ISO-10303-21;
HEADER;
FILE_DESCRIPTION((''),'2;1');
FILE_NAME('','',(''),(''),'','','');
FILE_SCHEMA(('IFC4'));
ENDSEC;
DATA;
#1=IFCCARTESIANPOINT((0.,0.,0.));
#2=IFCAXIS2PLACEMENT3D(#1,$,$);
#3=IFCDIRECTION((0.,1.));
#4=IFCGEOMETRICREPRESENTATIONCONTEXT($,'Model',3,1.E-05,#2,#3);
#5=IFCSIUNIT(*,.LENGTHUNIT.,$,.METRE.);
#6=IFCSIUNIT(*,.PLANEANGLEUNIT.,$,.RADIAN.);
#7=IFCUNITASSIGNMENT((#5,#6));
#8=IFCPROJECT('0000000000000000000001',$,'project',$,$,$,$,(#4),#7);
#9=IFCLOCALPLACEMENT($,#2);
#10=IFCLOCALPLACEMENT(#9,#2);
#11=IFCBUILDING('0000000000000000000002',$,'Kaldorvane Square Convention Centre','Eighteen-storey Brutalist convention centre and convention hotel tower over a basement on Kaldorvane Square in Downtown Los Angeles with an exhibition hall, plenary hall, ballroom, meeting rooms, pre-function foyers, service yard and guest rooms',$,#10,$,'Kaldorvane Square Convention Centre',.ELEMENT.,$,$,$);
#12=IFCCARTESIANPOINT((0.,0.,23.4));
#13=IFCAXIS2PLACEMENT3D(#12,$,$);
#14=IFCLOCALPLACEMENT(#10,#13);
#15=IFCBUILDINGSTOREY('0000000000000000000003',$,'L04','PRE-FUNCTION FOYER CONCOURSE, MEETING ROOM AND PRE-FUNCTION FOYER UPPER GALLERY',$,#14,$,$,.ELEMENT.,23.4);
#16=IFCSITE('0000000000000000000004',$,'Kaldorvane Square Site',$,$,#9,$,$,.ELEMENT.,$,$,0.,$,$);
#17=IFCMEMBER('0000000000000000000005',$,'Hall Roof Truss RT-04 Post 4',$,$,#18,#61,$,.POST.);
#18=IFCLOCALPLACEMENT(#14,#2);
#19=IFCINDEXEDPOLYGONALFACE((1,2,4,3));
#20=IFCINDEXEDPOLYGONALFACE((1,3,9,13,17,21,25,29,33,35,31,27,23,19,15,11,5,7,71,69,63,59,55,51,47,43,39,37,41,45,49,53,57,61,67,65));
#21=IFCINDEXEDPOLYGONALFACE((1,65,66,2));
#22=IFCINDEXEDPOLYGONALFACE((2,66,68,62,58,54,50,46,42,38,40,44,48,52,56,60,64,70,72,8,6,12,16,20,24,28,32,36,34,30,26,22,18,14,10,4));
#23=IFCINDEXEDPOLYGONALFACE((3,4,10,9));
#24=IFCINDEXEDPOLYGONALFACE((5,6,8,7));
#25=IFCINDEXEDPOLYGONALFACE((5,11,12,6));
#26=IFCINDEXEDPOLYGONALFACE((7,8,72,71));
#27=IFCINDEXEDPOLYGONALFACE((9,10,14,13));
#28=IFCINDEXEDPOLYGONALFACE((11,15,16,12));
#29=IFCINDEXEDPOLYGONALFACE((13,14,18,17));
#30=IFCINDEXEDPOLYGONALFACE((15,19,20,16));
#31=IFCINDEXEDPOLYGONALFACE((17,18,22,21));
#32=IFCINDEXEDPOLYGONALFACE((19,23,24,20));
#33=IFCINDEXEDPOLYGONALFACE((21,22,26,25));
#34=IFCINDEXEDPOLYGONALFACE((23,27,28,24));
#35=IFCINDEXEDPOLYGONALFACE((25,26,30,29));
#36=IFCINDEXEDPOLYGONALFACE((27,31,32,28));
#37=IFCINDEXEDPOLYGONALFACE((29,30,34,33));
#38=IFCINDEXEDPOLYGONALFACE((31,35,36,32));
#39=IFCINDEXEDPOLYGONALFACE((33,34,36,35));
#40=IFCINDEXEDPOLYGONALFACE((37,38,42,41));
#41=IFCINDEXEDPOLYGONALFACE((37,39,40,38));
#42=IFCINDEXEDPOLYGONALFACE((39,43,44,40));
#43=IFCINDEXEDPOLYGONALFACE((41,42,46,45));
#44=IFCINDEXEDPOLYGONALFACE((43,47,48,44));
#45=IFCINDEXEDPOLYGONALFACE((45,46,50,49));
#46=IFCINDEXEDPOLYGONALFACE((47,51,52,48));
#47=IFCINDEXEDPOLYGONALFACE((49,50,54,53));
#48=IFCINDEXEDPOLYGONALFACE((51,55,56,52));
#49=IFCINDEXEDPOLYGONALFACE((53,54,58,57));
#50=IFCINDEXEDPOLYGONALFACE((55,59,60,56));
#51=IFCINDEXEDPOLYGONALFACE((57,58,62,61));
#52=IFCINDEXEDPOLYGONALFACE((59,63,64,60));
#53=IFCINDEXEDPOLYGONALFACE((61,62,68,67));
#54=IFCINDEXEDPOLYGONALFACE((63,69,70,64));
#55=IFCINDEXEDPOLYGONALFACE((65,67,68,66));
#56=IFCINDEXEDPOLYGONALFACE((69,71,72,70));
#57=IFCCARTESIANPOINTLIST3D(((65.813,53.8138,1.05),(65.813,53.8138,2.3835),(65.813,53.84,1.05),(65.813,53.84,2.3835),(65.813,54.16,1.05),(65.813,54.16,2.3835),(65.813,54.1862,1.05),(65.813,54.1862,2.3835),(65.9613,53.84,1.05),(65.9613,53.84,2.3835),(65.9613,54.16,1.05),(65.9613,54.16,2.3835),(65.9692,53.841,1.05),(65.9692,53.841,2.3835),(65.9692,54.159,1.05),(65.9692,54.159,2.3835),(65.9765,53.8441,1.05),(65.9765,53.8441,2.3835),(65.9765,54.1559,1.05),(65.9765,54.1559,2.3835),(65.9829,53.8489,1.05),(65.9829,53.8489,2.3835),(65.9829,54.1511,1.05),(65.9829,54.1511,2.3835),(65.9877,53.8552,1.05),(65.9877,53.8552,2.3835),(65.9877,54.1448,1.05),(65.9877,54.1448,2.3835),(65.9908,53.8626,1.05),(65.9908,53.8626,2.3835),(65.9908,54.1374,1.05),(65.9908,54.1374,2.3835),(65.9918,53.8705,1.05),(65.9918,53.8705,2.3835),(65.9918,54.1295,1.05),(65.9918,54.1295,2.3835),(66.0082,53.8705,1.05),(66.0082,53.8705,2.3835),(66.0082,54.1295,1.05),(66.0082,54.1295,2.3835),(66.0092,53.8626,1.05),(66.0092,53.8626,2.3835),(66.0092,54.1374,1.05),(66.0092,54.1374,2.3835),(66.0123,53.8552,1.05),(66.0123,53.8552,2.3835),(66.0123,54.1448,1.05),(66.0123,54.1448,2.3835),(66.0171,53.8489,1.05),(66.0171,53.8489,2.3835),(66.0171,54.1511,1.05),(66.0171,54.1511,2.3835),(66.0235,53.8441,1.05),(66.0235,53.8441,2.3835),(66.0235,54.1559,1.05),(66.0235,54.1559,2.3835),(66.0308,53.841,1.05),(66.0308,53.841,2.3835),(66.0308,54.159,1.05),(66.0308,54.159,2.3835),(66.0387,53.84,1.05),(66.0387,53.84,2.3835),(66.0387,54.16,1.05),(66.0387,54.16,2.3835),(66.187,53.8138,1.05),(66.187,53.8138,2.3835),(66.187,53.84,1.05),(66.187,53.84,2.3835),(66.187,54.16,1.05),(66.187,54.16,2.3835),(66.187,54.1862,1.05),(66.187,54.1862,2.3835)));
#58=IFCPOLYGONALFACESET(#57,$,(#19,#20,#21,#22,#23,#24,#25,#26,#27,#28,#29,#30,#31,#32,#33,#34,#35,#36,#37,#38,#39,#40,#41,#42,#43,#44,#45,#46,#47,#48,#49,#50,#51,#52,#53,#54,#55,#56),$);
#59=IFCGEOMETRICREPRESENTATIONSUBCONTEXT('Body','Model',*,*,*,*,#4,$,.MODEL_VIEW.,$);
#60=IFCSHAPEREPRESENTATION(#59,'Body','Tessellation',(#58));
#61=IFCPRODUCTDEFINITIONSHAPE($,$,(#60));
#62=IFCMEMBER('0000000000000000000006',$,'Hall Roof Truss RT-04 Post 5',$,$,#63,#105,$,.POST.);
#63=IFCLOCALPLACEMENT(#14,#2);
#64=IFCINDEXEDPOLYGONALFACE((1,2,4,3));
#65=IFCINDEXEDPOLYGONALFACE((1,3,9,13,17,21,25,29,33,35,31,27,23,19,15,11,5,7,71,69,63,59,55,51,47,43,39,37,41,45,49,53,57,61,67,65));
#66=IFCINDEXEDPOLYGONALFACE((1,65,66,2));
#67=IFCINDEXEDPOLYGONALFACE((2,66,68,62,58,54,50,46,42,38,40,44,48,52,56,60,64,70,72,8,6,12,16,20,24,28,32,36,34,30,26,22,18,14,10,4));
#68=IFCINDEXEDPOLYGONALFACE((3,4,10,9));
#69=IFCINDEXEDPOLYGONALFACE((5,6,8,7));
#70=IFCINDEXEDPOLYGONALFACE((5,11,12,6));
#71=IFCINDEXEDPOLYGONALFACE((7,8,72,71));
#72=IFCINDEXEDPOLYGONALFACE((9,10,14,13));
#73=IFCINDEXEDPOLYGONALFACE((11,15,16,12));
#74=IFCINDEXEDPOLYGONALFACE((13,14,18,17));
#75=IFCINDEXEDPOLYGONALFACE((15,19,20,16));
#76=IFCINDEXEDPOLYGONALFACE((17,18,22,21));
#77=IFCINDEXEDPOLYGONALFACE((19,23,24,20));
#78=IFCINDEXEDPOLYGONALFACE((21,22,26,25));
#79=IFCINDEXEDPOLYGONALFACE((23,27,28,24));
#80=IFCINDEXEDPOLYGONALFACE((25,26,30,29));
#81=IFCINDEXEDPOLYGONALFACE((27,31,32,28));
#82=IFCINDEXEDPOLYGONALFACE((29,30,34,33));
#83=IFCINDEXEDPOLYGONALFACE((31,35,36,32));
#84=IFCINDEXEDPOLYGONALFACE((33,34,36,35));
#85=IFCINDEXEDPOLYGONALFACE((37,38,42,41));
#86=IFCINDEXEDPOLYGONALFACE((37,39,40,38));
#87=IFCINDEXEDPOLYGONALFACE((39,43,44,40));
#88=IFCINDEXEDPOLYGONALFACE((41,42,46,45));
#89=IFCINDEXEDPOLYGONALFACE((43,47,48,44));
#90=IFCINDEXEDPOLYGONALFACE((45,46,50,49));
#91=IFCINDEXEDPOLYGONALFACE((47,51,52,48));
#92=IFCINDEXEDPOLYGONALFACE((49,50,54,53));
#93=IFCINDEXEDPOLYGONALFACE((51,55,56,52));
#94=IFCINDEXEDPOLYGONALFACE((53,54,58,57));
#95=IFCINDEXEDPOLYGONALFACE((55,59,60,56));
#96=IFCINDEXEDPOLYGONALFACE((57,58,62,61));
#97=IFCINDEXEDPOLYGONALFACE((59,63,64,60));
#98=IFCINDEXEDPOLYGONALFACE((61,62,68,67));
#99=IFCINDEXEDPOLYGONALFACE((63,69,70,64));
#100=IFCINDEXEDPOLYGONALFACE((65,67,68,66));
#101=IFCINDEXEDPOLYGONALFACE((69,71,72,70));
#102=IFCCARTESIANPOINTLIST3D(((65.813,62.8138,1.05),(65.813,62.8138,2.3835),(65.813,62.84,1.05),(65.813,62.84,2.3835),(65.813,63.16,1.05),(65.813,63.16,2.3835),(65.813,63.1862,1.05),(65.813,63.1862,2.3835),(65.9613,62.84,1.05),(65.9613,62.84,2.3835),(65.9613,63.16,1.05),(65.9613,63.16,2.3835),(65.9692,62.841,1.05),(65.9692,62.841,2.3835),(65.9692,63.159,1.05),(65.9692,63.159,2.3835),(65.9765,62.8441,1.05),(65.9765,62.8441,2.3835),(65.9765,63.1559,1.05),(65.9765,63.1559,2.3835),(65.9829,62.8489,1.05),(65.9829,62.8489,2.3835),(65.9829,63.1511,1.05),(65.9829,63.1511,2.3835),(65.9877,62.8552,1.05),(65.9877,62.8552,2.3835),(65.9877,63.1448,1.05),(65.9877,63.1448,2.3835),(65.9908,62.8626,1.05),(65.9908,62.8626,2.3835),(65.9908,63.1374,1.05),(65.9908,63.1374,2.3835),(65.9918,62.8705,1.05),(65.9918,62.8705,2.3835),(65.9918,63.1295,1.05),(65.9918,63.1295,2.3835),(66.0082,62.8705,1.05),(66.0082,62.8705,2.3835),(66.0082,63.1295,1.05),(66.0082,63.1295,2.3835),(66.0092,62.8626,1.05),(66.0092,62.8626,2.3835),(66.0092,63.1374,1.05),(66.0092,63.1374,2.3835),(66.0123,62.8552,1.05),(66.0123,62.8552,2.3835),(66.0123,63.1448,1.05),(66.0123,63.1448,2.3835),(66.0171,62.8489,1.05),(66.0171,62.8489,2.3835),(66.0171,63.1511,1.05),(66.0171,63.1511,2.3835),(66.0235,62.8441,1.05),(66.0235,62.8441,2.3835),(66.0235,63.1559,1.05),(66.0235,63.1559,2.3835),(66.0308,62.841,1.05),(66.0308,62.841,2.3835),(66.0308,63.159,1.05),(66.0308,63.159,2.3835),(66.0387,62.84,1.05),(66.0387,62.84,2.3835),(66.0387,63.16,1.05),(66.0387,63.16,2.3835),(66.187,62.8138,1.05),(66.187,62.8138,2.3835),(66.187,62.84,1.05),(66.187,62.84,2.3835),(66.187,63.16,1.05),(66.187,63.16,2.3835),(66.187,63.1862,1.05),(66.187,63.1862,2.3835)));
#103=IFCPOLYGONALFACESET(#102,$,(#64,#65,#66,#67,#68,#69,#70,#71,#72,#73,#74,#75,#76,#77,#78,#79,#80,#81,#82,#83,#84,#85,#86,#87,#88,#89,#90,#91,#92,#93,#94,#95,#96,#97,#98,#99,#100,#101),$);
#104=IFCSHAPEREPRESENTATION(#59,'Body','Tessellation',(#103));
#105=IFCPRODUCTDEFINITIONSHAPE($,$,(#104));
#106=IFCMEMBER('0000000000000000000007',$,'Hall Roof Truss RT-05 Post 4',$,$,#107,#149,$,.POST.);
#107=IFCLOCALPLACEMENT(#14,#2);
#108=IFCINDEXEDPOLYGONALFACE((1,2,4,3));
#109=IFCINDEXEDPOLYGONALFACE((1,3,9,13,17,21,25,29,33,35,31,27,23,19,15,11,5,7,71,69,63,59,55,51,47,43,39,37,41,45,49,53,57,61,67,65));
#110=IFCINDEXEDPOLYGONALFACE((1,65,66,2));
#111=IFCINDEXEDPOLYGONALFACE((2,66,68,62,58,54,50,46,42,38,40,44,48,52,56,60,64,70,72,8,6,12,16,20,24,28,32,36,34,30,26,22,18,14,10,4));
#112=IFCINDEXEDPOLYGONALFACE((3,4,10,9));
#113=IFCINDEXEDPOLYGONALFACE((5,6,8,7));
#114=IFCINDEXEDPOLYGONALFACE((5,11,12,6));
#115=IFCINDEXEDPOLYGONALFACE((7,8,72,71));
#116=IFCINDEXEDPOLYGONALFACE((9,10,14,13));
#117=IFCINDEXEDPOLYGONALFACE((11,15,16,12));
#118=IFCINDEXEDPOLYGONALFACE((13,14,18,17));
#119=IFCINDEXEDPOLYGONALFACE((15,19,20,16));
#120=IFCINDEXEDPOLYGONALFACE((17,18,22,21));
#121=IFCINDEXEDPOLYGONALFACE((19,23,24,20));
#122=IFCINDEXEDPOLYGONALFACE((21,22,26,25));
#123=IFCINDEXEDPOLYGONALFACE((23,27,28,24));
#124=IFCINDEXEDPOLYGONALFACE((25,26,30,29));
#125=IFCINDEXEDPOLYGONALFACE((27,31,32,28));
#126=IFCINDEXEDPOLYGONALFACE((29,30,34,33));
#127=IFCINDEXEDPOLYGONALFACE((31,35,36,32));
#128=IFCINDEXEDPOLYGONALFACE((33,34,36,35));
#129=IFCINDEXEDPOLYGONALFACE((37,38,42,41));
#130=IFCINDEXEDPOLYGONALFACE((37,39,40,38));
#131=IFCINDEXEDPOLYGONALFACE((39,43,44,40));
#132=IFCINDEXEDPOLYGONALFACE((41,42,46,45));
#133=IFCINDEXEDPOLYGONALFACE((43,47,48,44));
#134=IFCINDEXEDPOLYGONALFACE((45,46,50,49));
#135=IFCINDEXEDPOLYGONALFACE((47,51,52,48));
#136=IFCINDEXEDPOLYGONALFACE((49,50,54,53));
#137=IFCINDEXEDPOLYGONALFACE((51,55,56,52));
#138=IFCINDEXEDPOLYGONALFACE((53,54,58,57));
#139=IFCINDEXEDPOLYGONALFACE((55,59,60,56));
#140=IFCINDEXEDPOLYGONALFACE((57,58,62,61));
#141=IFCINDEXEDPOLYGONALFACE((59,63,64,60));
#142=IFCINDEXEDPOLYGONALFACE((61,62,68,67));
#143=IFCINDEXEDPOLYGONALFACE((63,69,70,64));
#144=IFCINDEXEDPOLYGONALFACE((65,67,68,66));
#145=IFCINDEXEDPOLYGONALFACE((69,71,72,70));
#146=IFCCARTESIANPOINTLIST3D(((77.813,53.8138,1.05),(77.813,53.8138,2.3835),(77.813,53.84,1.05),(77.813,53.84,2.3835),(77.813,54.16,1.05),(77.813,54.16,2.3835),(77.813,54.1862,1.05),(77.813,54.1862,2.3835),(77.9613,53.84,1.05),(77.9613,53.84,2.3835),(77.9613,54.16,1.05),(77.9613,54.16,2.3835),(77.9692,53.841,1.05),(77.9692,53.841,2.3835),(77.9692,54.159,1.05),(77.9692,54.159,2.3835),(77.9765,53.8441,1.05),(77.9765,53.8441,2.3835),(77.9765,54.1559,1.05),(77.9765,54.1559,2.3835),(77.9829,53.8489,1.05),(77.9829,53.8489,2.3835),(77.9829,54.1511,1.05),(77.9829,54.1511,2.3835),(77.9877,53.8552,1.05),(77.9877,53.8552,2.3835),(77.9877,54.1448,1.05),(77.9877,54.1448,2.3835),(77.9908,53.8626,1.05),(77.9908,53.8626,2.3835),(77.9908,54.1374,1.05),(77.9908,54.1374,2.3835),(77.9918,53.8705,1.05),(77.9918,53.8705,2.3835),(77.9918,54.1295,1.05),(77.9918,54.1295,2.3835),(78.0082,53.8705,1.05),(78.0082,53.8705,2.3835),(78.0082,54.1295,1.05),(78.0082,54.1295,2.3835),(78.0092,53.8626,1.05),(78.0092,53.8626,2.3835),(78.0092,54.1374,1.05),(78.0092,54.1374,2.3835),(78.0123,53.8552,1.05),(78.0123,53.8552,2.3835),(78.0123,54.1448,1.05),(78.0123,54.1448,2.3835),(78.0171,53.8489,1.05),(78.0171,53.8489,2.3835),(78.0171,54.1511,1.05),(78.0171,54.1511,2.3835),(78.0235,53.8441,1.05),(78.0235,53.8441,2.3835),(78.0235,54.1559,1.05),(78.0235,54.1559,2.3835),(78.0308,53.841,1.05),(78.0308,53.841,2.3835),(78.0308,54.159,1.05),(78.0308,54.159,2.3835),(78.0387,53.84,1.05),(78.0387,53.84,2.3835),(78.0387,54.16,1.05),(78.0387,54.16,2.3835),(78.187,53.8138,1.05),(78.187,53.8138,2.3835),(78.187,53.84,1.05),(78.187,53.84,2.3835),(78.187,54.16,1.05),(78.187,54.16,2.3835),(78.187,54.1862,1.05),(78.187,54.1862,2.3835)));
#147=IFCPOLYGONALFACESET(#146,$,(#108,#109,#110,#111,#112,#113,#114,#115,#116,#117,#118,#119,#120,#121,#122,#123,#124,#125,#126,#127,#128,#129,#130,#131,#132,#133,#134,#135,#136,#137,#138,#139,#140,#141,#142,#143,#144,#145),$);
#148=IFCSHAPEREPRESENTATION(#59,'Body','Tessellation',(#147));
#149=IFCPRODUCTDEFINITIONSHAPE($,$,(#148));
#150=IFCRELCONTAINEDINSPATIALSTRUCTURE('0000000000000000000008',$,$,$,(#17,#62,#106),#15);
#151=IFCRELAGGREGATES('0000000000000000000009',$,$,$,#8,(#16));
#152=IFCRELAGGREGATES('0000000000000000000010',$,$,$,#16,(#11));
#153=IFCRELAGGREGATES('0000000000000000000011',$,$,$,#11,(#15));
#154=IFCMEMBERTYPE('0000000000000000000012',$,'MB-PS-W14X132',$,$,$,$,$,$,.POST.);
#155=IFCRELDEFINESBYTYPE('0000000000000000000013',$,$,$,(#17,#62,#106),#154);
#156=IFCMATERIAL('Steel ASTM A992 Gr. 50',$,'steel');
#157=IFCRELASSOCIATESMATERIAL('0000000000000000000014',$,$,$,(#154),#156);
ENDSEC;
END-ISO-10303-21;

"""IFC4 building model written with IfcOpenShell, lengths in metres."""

from ifc_helpers import new_model, si_unit, direction, frame, origin, origin_2d, place, context, subcontext, project, spatial, i_section, extrude, material, material_profile, profile_set, type_object, element, save


model = new_model("IFC4")

# Units and contexts
model_context = context("Model", 3, precision=1e-05, world=origin(), true_north=direction((0.0, 1.0)))
body_context = subcontext(model_context, "Body", "Model", "MODEL_VIEW")
ifc_project = project(units=[si_unit("LENGTHUNIT", "METRE"), si_unit("PLANEANGLEUNIT", "RADIAN")], contexts=[model_context])

# Site, building, storey
site_placement = place(None, origin())
site = spatial("IfcSite", under=ifc_project, at=site_placement, Name="Kaldorvane Square Site", CompositionType="ELEMENT", RefElevation=0.0)
building_placement = place(site_placement, origin())
building = spatial("IfcBuilding", under=site, at=building_placement, Name="Kaldorvane Square Convention Centre", Description="Eighteen-storey Brutalist convention centre and convention hotel tower over a basement on Kaldorvane Square in Downtown Los Angeles with an exhibition hall, plenary hall, ballroom, meeting rooms, pre-function foyers, service yard and guest rooms", LongName="Kaldorvane Square Convention Centre", CompositionType="ELEMENT")
storey_placement = place(building_placement, frame((0.0, 0.0, 23.4)))
storey = spatial("IfcBuildingStorey", under=building, at=storey_placement, Name="L04", Description="PRE-FUNCTION FOYER CONCOURSE, MEETING ROOM AND PRE-FUNCTION FOYER UPPER GALLERY", CompositionType="ELEMENT", Elevation=23.4)

# Shared definitions
ifc_material_1 = material(Name="Steel ASTM A992 Gr. 50", Category="steel")

# Members
ifc_material_profile_1 = material_profile(ifc_material_1, i_section(OverallWidth=0.374, OverallDepth=0.3724, WebThickness=0.0164, FlangeThickness=0.0262, FilletRadius=0.0305, at=origin_2d()), Name="W14X132")
ifc_profile_set_1 = profile_set([ifc_material_profile_1], Name="Steel ASTM A992 Gr. 50")
member_type_1 = type_object("IfcMemberType", Name="MB-PS-W14X132", PredefinedType="POST", material=ifc_profile_set_1)
for number, where, z_axis, x_axis, name in (
    (1, (66.0, 54.0, 1.05), (0.0, 0.0, 1.0), (1.0, 0.0, 0.0), "Hall Roof Truss RT-04 Post 4"),
    (2, (66.0, 63.0, 1.05), (0.0, 0.0, 1.0), (1.0, 0.0, 0.0), "Hall Roof Truss RT-04 Post 5"),
    (3, (78.0, 54.0, 1.05), (0.0, 0.0, 1.0), (1.0, 0.0, 0.0), "Hall Roof Truss RT-05 Post 4"),
):
    element("IfcMember", number, at=place(storey_placement, frame(where, z_axis=z_axis, x_axis=x_axis)), inside=storey, type_object=member_type_1, Name=name, PredefinedType="POST", context=body_context, shape_type="SweptSolid", body=[
        extrude(i_section(OverallWidth=0.374, OverallDepth=0.3724, WebThickness=0.0164, FlangeThickness=0.0262, FilletRadius=0.0305, at=origin_2d()), origin(), (0.0, 0.0, 1.0), 1.3335),
    ])

save(model, "model.ifc")
